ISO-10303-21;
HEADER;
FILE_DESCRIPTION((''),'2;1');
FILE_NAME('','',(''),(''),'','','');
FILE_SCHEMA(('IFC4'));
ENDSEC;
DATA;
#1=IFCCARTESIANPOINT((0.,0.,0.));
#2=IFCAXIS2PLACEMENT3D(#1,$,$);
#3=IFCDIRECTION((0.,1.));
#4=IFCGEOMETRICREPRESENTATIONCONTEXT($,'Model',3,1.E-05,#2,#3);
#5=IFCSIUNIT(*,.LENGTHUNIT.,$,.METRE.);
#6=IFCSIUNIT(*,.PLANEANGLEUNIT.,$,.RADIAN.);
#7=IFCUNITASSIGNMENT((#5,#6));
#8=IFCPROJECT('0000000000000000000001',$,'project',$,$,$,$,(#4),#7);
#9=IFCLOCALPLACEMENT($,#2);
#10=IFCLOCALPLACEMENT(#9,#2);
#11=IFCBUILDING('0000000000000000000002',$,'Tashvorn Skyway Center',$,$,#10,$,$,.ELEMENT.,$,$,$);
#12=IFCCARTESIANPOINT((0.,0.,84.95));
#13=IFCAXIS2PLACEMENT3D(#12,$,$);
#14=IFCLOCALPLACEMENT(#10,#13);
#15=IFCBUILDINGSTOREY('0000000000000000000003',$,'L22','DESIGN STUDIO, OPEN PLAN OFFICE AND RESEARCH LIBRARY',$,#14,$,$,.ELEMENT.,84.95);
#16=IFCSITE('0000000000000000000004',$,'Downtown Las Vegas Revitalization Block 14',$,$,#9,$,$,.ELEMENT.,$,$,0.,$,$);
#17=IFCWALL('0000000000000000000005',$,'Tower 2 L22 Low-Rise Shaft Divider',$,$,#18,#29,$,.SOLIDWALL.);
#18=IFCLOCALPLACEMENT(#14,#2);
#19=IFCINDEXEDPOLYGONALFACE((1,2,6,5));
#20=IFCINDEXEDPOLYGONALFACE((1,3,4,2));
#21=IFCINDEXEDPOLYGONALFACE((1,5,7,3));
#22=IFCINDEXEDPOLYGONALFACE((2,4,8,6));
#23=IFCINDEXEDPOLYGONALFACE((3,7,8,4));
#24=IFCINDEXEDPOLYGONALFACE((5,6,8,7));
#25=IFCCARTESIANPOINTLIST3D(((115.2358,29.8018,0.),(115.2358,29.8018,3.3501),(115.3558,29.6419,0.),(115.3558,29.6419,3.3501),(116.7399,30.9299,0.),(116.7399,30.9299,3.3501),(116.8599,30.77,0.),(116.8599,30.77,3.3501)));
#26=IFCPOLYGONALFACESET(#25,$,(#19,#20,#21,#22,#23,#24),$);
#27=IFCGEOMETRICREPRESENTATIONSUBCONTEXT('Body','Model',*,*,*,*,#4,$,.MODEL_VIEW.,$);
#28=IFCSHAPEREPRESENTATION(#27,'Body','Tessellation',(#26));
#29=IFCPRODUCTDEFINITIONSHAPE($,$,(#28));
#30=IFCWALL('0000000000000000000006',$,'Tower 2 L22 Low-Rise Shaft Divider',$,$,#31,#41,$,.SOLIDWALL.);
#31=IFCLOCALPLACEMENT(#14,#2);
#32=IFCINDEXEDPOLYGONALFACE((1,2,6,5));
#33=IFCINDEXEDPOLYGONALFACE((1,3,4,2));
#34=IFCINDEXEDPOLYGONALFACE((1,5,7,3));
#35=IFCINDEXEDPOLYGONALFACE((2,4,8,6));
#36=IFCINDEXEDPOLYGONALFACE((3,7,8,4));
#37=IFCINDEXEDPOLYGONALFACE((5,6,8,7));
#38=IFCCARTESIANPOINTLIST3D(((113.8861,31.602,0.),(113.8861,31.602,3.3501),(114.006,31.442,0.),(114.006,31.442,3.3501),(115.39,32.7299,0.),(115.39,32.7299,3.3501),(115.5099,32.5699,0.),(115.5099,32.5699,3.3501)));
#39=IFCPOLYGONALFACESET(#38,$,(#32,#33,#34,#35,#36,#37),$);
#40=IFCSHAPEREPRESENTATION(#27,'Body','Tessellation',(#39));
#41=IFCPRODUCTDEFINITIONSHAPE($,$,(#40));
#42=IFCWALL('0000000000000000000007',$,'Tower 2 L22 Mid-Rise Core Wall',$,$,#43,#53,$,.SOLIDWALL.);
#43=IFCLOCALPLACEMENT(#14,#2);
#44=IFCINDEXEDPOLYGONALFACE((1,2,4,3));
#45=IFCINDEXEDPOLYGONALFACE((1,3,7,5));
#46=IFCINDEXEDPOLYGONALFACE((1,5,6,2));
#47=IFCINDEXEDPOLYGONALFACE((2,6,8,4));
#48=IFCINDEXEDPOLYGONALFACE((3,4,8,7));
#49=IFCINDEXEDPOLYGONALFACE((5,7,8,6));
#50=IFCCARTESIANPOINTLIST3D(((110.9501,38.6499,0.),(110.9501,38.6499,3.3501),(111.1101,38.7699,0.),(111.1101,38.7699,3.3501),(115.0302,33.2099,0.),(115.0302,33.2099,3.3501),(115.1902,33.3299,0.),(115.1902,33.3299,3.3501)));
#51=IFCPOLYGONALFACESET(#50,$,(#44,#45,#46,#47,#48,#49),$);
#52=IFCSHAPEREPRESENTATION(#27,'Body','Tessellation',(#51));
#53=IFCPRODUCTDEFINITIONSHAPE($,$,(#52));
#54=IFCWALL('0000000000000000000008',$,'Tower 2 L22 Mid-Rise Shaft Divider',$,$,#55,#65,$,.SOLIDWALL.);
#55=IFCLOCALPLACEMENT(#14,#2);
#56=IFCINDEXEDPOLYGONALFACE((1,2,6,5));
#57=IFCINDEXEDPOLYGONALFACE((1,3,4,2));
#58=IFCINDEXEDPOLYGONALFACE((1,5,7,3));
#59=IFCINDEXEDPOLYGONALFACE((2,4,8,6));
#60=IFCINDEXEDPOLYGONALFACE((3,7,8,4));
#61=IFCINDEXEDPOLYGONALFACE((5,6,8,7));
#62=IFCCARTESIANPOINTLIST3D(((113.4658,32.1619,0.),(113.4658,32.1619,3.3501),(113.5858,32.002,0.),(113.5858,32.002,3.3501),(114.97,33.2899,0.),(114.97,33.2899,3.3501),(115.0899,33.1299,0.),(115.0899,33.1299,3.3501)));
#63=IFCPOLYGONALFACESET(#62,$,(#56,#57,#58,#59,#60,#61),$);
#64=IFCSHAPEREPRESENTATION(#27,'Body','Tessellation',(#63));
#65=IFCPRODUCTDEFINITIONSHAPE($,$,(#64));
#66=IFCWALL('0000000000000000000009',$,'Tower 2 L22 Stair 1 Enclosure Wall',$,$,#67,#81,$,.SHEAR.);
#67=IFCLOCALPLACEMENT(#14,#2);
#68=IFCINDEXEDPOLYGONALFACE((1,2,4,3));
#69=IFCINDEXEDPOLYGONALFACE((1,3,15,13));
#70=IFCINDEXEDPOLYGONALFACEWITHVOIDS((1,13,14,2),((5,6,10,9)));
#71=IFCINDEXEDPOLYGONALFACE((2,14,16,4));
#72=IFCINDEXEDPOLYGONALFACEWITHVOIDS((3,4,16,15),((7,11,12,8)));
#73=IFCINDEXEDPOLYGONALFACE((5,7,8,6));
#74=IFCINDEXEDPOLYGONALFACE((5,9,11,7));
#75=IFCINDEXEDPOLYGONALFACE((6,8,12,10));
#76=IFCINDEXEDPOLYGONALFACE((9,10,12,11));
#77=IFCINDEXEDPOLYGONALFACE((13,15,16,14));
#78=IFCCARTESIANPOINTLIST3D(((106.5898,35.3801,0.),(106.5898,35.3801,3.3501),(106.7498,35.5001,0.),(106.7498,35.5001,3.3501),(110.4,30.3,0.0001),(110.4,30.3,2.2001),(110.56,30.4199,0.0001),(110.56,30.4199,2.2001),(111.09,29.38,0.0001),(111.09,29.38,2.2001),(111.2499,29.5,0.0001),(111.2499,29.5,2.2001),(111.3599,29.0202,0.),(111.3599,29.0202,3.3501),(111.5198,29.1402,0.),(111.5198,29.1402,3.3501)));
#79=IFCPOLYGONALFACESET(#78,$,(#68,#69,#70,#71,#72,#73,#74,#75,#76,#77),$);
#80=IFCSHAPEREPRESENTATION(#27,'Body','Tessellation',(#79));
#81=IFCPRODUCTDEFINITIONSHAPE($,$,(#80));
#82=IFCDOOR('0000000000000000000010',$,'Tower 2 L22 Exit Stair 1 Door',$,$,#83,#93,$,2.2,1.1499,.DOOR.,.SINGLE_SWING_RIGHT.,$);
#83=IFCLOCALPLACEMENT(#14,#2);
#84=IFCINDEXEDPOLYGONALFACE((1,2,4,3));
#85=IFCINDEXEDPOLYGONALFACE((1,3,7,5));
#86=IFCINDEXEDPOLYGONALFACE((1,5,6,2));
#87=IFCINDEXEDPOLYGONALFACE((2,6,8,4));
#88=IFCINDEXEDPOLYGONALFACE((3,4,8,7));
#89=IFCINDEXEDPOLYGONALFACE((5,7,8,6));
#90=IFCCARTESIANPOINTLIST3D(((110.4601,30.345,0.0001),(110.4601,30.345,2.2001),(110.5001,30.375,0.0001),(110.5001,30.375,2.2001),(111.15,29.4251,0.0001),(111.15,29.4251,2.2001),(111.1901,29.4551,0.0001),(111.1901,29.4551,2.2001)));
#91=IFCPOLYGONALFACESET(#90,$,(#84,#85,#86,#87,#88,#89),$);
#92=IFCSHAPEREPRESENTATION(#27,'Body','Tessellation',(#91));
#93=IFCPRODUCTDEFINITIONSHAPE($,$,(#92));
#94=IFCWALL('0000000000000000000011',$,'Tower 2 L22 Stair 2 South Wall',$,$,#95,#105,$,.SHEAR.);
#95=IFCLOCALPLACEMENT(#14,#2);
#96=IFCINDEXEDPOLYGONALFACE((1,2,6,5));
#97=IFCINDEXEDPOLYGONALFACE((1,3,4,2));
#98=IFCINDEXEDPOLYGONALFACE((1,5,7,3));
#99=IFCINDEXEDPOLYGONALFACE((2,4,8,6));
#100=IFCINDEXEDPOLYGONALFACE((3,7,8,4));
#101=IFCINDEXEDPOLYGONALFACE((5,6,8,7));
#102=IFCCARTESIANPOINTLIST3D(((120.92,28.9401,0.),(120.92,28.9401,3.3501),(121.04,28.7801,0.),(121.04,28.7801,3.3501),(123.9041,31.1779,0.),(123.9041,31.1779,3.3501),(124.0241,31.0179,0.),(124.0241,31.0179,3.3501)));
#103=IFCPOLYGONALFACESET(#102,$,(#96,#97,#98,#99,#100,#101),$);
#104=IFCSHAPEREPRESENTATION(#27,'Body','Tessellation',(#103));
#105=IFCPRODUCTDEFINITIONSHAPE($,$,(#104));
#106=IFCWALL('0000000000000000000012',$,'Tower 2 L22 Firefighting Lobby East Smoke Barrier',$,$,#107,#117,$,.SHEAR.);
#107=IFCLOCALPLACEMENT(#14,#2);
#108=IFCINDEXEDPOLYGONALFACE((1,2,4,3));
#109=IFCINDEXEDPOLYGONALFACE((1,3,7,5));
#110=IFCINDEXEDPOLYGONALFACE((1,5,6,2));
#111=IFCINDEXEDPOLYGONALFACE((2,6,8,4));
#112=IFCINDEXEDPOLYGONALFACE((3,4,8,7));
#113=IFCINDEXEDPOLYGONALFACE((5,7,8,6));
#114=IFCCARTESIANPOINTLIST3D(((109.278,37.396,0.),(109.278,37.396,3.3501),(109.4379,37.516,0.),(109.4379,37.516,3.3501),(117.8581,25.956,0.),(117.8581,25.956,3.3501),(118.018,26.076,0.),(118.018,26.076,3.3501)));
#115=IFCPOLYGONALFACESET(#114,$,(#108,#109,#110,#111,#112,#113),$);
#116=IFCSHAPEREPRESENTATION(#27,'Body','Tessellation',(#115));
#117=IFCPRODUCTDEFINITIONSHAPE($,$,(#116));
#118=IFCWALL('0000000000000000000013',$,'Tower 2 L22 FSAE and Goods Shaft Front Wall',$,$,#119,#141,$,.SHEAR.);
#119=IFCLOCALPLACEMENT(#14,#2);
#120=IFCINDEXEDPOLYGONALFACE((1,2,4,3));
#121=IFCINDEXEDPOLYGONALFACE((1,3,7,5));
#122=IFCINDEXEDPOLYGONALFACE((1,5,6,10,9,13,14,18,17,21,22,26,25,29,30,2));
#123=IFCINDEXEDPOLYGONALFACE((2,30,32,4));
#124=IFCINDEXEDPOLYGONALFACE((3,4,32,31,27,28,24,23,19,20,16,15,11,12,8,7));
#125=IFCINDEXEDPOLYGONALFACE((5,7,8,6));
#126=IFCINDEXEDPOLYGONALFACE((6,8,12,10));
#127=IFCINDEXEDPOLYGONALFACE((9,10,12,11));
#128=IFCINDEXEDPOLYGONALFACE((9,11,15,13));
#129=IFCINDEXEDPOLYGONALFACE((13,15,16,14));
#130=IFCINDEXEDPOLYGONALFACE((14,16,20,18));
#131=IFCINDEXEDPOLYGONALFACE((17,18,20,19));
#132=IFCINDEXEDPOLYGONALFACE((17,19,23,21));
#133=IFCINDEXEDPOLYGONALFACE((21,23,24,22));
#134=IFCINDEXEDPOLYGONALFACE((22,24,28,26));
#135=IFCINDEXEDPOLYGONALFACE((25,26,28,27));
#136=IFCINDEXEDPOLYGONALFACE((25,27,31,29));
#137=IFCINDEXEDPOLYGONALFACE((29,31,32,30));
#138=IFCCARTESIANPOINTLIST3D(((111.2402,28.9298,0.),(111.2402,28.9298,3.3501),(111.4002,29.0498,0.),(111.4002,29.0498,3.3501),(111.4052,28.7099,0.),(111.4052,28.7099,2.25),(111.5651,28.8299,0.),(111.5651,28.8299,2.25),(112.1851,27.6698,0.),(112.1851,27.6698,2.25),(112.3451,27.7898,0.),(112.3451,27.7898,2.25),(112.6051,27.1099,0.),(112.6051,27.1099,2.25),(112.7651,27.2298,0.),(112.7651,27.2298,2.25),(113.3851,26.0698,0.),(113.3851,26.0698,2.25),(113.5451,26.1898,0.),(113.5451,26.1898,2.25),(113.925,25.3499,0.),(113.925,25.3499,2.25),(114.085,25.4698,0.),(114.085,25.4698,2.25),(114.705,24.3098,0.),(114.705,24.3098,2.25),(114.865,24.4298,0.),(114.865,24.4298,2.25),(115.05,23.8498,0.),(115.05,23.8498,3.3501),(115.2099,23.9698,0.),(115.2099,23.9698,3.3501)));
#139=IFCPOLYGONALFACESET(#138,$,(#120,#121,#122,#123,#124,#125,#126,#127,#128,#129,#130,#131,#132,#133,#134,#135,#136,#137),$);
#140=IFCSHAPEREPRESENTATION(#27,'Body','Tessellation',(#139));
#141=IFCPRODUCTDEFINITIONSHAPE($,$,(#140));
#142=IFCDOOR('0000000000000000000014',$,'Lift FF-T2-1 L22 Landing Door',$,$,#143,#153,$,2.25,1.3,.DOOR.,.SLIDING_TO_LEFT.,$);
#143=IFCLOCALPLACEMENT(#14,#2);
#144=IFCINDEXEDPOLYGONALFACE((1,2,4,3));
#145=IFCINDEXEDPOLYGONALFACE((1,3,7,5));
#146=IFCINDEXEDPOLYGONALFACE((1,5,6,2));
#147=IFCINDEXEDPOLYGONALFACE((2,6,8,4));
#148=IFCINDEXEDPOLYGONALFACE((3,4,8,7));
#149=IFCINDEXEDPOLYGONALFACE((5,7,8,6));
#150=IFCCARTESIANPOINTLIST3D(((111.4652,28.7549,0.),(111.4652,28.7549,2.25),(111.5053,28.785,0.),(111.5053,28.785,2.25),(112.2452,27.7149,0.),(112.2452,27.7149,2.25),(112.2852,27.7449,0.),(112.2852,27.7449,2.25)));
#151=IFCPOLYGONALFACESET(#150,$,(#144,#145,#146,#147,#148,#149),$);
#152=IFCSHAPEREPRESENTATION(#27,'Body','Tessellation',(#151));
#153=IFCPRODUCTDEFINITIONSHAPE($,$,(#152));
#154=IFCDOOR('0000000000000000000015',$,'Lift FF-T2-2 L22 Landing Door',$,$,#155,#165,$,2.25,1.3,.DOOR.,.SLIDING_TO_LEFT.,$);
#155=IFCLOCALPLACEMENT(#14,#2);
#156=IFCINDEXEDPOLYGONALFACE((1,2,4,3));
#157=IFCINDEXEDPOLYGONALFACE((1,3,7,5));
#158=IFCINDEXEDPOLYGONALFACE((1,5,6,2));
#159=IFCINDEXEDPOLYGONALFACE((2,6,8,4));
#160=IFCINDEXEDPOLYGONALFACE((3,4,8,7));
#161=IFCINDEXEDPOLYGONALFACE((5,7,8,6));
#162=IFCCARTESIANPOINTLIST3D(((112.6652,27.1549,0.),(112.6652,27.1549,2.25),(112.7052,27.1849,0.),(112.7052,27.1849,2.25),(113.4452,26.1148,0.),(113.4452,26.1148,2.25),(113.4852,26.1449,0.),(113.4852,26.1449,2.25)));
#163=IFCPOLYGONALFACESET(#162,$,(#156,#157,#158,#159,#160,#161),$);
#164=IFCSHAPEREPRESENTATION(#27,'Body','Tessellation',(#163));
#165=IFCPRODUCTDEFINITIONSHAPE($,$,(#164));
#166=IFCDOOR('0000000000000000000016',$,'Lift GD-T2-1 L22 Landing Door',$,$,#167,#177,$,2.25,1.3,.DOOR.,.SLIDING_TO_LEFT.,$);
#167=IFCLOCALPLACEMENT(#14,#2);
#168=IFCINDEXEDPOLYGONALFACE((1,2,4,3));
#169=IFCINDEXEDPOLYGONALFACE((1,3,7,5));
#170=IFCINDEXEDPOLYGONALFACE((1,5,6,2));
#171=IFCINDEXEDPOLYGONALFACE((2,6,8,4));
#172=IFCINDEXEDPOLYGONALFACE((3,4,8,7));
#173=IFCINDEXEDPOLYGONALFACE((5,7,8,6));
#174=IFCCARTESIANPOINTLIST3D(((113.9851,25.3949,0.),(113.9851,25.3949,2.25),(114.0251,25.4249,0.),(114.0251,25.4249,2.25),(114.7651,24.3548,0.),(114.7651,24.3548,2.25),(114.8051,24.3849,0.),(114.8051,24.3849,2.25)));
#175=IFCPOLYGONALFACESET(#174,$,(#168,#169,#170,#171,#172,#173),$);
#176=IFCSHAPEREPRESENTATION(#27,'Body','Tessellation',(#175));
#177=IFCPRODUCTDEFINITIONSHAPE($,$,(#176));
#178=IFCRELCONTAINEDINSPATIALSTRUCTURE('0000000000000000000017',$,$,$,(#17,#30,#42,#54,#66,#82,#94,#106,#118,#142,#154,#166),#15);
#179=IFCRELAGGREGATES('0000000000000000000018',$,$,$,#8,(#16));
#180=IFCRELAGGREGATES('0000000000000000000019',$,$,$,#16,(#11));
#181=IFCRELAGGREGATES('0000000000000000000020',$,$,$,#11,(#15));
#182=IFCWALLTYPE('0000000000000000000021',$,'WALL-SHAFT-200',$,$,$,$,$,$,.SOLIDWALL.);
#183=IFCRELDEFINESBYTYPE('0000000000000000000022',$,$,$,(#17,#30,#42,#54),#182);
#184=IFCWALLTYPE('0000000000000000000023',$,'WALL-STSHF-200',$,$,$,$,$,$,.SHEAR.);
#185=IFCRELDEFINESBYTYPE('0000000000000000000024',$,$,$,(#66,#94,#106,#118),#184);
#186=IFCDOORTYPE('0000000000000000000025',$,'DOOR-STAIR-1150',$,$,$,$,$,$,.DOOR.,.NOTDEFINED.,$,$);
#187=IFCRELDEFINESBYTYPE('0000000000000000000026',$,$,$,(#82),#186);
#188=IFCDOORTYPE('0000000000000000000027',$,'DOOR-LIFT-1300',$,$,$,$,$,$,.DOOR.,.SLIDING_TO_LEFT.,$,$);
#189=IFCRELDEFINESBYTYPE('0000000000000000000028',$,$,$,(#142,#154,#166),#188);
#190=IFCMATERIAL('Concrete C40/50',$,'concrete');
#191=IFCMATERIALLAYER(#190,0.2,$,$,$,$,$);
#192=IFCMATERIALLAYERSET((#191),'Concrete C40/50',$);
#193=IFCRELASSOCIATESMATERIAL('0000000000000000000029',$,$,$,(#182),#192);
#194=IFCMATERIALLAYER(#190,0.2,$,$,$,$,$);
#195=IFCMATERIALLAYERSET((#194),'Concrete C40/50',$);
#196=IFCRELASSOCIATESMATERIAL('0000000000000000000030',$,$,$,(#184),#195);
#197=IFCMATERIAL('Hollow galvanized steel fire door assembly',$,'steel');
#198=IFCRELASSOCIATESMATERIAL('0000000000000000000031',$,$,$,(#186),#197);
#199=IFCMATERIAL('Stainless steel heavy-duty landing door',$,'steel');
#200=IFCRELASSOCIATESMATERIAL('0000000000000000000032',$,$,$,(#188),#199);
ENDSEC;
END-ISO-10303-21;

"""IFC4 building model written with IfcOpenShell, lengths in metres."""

from ifc_helpers import new_model, si_unit, direction, frame, frame_2d, origin, place, context, subcontext, project, spatial, rectangle, extrude, material, layer, layer_set, type_object, element, fill, save


model = new_model("IFC4")

# Units and contexts
model_context = context("Model", 3, precision=1e-05, world=origin(), true_north=direction((0.0, 1.0)))
body_context = subcontext(model_context, "Body", "Model", "MODEL_VIEW")
ifc_project = project(units=[si_unit("LENGTHUNIT", "METRE"), si_unit("PLANEANGLEUNIT", "RADIAN")], contexts=[model_context])

# Site, building, storey
site_placement = place(None, origin())
site = spatial("IfcSite", under=ifc_project, at=site_placement, Name="Downtown Las Vegas Revitalization Block 14", CompositionType="ELEMENT", RefElevation=0.0)
building_placement = place(site_placement, origin())
building = spatial("IfcBuilding", under=site, at=building_placement, Name="Tashvorn Skyway Center", CompositionType="ELEMENT")
storey_placement = place(building_placement, frame((0.0, 0.0, 84.95)))
storey = spatial("IfcBuildingStorey", under=building, at=storey_placement, Name="L22", Description="DESIGN STUDIO, OPEN PLAN OFFICE AND RESEARCH LIBRARY", CompositionType="ELEMENT", Elevation=84.95)

# Shared definitions
ifc_material_1 = material(Name="Concrete C40/50", Category="concrete")
ifc_material_2 = material(Name="Hollow galvanized steel fire door assembly", Category="steel")

# Shared definitions
ifc_layer_1 = layer(ifc_material_1, 0.2)
ifc_layer_set_1 = layer_set([ifc_layer_1], Name="Concrete C40/50")
wall_type_1 = type_object("IfcWallType", Name="WALL-SHAFT-200", PredefinedType="SOLIDWALL", material=ifc_layer_set_1)

# Walls
wall_1_placement = place(storey_placement, frame((115.2959, 29.7219, 0.0), z_axis=(0.0, 0.0, 1.0), x_axis=(0.799984, 0.600021, 0.0)))
element("IfcWall", 1, at=wall_1_placement, inside=storey, type_object=wall_type_1, Name="Tower 2 L22 Low-Rise Shaft Divider", PredefinedType="SOLIDWALL", context=body_context, shape_type="SweptSolid", body=[
    extrude(rectangle(XDim=1.8801, YDim=0.2, at=frame_2d((0.9399, 0.0))), origin(), (0.0, 0.0, 1.0), 3.3501),
])
wall_2_placement = place(storey_placement, frame((113.946, 31.522, 0.0), z_axis=(0.0, 0.0, 1.0), x_axis=(0.8, 0.6, 0.0)))
element("IfcWall", 2, at=wall_2_placement, inside=storey, type_object=wall_type_1, Name="Tower 2 L22 Low-Rise Shaft Divider", PredefinedType="SOLIDWALL", context=body_context, shape_type="SweptSolid", body=[
    extrude(rectangle(XDim=1.8799, YDim=0.2, at=frame_2d((0.9399, 0.0))), origin(), (0.0, 0.0, 1.0), 3.3501),
])
wall_3_placement = place(storey_placement, frame((115.1101, 33.27, 0.0), z_axis=(0.0, 0.0, 1.0), x_axis=(-0.600011, 0.799991, 0.0)))
element("IfcWall", 3, at=wall_3_placement, inside=storey, type_object=wall_type_1, Name="Tower 2 L22 Mid-Rise Core Wall", PredefinedType="SOLIDWALL", context=body_context, shape_type="SweptSolid", body=[
    extrude(rectangle(XDim=6.8, YDim=0.2, at=frame_2d((3.3999, 0.0))), origin(), (0.0, 0.0, 1.0), 3.3501),
])
wall_4_placement = place(storey_placement, frame((113.5259, 32.082, 0.0), z_axis=(0.0, 0.0, 1.0), x_axis=(0.800047, 0.599938, 0.0)))
element("IfcWall", 4, at=wall_4_placement, inside=storey, type_object=wall_type_1, Name="Tower 2 L22 Mid-Rise Shaft Divider", PredefinedType="SOLIDWALL", context=body_context, shape_type="SweptSolid", body=[
    extrude(rectangle(XDim=1.8801, YDim=0.2, at=frame_2d((0.9399, 0.0))), origin(), (0.0, 0.0, 1.0), 3.3501),
])

# Wall, opening, door
ifc_layer_2 = layer(ifc_material_1, 0.2)
ifc_layer_set_2 = layer_set([ifc_layer_2], Name="Concrete C40/50")
wall_type_2 = type_object("IfcWallType", Name="WALL-STSHF-200", PredefinedType="SHEAR", material=ifc_layer_set_2)
wall_5_placement = place(storey_placement, frame((111.4399, 29.0801, 0.0), z_axis=(0.0, 0.0, 1.0), x_axis=(-0.60001, 0.799993, 0.0)))
wall_5 = element("IfcWall", 5, at=wall_5_placement, inside=storey, type_object=wall_type_2, Name="Tower 2 L22 Stair 1 Enclosure Wall", PredefinedType="SHEAR", context=body_context, shape_type="SweptSolid", body=[
    extrude(rectangle(XDim=7.95, YDim=0.2, at=frame_2d((3.9751, 0.0))), origin(), (0.0, 0.0, 1.0), 3.3501),
])
opening_1_placement = place(wall_5_placement, frame((0.45, 0.0, 0.0)))
opening_1 = element("IfcOpeningElement", 6, at=opening_1_placement, cuts=wall_5, PredefinedType="OPENING", context=body_context, shape_type="SweptSolid", body=[
    extrude(rectangle(XDim=1.1499, YDim=2.2, at=frame_2d((0.575, 1.1001))), frame((0.0, 0.1099, 0.0), z_axis=(0.0, -1.0, 0.0), x_axis=(1.0, 0.0, 0.0)), (0.0, 0.0, 1.0), 0.22),
])
door_type_1 = type_object("IfcDoorType", Name="DOOR-STAIR-1150", OperationType="NOTDEFINED", PredefinedType="DOOR", material=ifc_material_2)
door_1_placement = place(opening_1_placement, origin())
door_1 = element("IfcDoor", 7, at=door_1_placement, inside=storey, type_object=door_type_1, Name="Tower 2 L22 Exit Stair 1 Door", OperationType="SINGLE_SWING_RIGHT", OverallHeight=2.2, OverallWidth=1.1499, PredefinedType="DOOR", context=body_context, shape_type="SweptSolid", body=[
    extrude(rectangle(XDim=1.1499, YDim=2.2, at=frame_2d((0.575, 1.1001))), frame((0.0, 0.0249, 0.0), z_axis=(0.0, -1.0, 0.0), x_axis=(1.0, 0.0, 0.0)), (0.0, 0.0, 1.0), 0.05),
])
fill(opening_1, door_1)

# Walls
wall_6_placement = place(storey_placement, frame((120.98, 28.8601, 0.0), z_axis=(0.0, 0.0, 1.0), x_axis=(0.800039, 0.599948, 0.0)))
element("IfcWall", 8, at=wall_6_placement, inside=storey, type_object=wall_type_2, Name="Tower 2 L22 Stair 2 South Wall", PredefinedType="SHEAR", context=body_context, shape_type="SweptSolid", body=[
    extrude(rectangle(XDim=3.73, YDim=0.2, at=frame_2d((1.865, 0.0))), origin(), (0.0, 0.0, 1.0), 3.3501),
])
wall_7_placement = place(storey_placement, frame((117.938, 26.0161, 0.0), z_axis=(0.0, 0.0, 1.0), x_axis=(-0.600005, 0.799996, 0.0)))
element("IfcWall", 9, at=wall_7_placement, inside=storey, type_object=wall_type_2, Name="Tower 2 L22 Firefighting Lobby East Smoke Barrier", PredefinedType="SHEAR", context=body_context, shape_type="SweptSolid", body=[
    extrude(rectangle(XDim=14.3, YDim=0.2, at=frame_2d((7.1499, 0.0))), origin(), (0.0, 0.0, 1.0), 3.3501),
])

# Wall, openings, doors
wall_8_placement = place(storey_placement, frame((115.1299, 23.9099, 0.0), z_axis=(0.0, 0.0, 1.0), x_axis=(-0.599975, 0.800018, 0.0)))
wall_8 = element("IfcWall", 10, at=wall_8_placement, inside=storey, type_object=wall_type_2, Name="Tower 2 L22 FSAE and Goods Shaft Front Wall", PredefinedType="SHEAR", context=body_context, shape_type="SweptSolid", body=[
    extrude(rectangle(XDim=6.3499, YDim=0.2, at=frame_2d((3.1748, 0.0))), origin(), (0.0, 0.0, 1.0), 3.3501),
])
opening_2_placement = place(wall_8_placement, frame((4.7749, 0.0, 0.0)))
opening_2 = element("IfcOpeningElement", 11, at=opening_2_placement, cuts=wall_8, PredefinedType="OPENING", context=body_context, shape_type="SweptSolid", body=[
    extrude(rectangle(XDim=1.3, YDim=2.25, at=frame_2d((0.6499, 1.125))), frame((0.0, 0.1099, 0.0), z_axis=(0.0, -1.0, 0.0), x_axis=(1.0, 0.0, 0.0)), (0.0, 0.0, 1.0), 0.22),
])
opening_3_placement = place(wall_8_placement, frame((2.7749, 0.0, 0.0)))
opening_3 = element("IfcOpeningElement", 12, at=opening_3_placement, cuts=wall_8, PredefinedType="OPENING", context=body_context, shape_type="SweptSolid", body=[
    extrude(rectangle(XDim=1.3, YDim=2.25, at=frame_2d((0.6499, 1.125))), frame((0.0, 0.1099, 0.0), z_axis=(0.0, -1.0, 0.0), x_axis=(1.0, 0.0, 0.0)), (0.0, 0.0, 1.0), 0.22),
])
opening_4_placement = place(wall_8_placement, frame((0.575, 0.0, 0.0)))
opening_4 = element("IfcOpeningElement", 13, at=opening_4_placement, cuts=wall_8, PredefinedType="OPENING", context=body_context, shape_type="SweptSolid", body=[
    extrude(rectangle(XDim=1.3, YDim=2.25, at=frame_2d((0.6499, 1.125))), frame((0.0, 0.1099, 0.0), z_axis=(0.0, -1.0, 0.0), x_axis=(1.0, 0.0, 0.0)), (0.0, 0.0, 1.0), 0.22),
])
ifc_material_3 = material(Name="Stainless steel heavy-duty landing door", Category="steel")
door_type_2 = type_object("IfcDoorType", Name="DOOR-LIFT-1300", OperationType="SLIDING_TO_LEFT", PredefinedType="DOOR", material=ifc_material_3)
door_2_placement = place(opening_2_placement, origin())
door_2 = element("IfcDoor", 14, at=door_2_placement, inside=storey, type_object=door_type_2, Name="Lift FF-T2-1 L22 Landing Door", OperationType="SLIDING_TO_LEFT", OverallHeight=2.25, OverallWidth=1.3, PredefinedType="DOOR", context=body_context, shape_type="SweptSolid", body=[
    extrude(rectangle(XDim=1.3, YDim=2.25, at=frame_2d((0.6499, 1.125))), frame((0.0, 0.0249, 0.0), z_axis=(0.0, -1.0, 0.0), x_axis=(1.0, 0.0, 0.0)), (0.0, 0.0, 1.0), 0.05),
])
fill(opening_2, door_2)
door_3_placement = place(opening_3_placement, origin())
door_3 = element("IfcDoor", 15, at=door_3_placement, inside=storey, type_object=door_type_2, Name="Lift FF-T2-2 L22 Landing Door", OperationType="SLIDING_TO_LEFT", OverallHeight=2.25, OverallWidth=1.3, PredefinedType="DOOR", context=body_context, shape_type="SweptSolid", body=[
    extrude(rectangle(XDim=1.3, YDim=2.25, at=frame_2d((0.6499, 1.125))), frame((0.0, 0.0249, 0.0), z_axis=(0.0, -1.0, 0.0), x_axis=(1.0, 0.0, 0.0)), (0.0, 0.0, 1.0), 0.05),
])
fill(opening_3, door_3)
door_4_placement = place(opening_4_placement, origin())
door_4 = element("IfcDoor", 16, at=door_4_placement, inside=storey, type_object=door_type_2, Name="Lift GD-T2-1 L22 Landing Door", OperationType="SLIDING_TO_LEFT", OverallHeight=2.25, OverallWidth=1.3, PredefinedType="DOOR", context=body_context, shape_type="SweptSolid", body=[
    extrude(rectangle(XDim=1.3, YDim=2.25, at=frame_2d((0.6499, 1.125))), frame((0.0, 0.0249, 0.0), z_axis=(0.0, -1.0, 0.0), x_axis=(1.0, 0.0, 0.0)), (0.0, 0.0, 1.0), 0.05),
])
fill(opening_4, door_4)

save(model, "model.ifc")
